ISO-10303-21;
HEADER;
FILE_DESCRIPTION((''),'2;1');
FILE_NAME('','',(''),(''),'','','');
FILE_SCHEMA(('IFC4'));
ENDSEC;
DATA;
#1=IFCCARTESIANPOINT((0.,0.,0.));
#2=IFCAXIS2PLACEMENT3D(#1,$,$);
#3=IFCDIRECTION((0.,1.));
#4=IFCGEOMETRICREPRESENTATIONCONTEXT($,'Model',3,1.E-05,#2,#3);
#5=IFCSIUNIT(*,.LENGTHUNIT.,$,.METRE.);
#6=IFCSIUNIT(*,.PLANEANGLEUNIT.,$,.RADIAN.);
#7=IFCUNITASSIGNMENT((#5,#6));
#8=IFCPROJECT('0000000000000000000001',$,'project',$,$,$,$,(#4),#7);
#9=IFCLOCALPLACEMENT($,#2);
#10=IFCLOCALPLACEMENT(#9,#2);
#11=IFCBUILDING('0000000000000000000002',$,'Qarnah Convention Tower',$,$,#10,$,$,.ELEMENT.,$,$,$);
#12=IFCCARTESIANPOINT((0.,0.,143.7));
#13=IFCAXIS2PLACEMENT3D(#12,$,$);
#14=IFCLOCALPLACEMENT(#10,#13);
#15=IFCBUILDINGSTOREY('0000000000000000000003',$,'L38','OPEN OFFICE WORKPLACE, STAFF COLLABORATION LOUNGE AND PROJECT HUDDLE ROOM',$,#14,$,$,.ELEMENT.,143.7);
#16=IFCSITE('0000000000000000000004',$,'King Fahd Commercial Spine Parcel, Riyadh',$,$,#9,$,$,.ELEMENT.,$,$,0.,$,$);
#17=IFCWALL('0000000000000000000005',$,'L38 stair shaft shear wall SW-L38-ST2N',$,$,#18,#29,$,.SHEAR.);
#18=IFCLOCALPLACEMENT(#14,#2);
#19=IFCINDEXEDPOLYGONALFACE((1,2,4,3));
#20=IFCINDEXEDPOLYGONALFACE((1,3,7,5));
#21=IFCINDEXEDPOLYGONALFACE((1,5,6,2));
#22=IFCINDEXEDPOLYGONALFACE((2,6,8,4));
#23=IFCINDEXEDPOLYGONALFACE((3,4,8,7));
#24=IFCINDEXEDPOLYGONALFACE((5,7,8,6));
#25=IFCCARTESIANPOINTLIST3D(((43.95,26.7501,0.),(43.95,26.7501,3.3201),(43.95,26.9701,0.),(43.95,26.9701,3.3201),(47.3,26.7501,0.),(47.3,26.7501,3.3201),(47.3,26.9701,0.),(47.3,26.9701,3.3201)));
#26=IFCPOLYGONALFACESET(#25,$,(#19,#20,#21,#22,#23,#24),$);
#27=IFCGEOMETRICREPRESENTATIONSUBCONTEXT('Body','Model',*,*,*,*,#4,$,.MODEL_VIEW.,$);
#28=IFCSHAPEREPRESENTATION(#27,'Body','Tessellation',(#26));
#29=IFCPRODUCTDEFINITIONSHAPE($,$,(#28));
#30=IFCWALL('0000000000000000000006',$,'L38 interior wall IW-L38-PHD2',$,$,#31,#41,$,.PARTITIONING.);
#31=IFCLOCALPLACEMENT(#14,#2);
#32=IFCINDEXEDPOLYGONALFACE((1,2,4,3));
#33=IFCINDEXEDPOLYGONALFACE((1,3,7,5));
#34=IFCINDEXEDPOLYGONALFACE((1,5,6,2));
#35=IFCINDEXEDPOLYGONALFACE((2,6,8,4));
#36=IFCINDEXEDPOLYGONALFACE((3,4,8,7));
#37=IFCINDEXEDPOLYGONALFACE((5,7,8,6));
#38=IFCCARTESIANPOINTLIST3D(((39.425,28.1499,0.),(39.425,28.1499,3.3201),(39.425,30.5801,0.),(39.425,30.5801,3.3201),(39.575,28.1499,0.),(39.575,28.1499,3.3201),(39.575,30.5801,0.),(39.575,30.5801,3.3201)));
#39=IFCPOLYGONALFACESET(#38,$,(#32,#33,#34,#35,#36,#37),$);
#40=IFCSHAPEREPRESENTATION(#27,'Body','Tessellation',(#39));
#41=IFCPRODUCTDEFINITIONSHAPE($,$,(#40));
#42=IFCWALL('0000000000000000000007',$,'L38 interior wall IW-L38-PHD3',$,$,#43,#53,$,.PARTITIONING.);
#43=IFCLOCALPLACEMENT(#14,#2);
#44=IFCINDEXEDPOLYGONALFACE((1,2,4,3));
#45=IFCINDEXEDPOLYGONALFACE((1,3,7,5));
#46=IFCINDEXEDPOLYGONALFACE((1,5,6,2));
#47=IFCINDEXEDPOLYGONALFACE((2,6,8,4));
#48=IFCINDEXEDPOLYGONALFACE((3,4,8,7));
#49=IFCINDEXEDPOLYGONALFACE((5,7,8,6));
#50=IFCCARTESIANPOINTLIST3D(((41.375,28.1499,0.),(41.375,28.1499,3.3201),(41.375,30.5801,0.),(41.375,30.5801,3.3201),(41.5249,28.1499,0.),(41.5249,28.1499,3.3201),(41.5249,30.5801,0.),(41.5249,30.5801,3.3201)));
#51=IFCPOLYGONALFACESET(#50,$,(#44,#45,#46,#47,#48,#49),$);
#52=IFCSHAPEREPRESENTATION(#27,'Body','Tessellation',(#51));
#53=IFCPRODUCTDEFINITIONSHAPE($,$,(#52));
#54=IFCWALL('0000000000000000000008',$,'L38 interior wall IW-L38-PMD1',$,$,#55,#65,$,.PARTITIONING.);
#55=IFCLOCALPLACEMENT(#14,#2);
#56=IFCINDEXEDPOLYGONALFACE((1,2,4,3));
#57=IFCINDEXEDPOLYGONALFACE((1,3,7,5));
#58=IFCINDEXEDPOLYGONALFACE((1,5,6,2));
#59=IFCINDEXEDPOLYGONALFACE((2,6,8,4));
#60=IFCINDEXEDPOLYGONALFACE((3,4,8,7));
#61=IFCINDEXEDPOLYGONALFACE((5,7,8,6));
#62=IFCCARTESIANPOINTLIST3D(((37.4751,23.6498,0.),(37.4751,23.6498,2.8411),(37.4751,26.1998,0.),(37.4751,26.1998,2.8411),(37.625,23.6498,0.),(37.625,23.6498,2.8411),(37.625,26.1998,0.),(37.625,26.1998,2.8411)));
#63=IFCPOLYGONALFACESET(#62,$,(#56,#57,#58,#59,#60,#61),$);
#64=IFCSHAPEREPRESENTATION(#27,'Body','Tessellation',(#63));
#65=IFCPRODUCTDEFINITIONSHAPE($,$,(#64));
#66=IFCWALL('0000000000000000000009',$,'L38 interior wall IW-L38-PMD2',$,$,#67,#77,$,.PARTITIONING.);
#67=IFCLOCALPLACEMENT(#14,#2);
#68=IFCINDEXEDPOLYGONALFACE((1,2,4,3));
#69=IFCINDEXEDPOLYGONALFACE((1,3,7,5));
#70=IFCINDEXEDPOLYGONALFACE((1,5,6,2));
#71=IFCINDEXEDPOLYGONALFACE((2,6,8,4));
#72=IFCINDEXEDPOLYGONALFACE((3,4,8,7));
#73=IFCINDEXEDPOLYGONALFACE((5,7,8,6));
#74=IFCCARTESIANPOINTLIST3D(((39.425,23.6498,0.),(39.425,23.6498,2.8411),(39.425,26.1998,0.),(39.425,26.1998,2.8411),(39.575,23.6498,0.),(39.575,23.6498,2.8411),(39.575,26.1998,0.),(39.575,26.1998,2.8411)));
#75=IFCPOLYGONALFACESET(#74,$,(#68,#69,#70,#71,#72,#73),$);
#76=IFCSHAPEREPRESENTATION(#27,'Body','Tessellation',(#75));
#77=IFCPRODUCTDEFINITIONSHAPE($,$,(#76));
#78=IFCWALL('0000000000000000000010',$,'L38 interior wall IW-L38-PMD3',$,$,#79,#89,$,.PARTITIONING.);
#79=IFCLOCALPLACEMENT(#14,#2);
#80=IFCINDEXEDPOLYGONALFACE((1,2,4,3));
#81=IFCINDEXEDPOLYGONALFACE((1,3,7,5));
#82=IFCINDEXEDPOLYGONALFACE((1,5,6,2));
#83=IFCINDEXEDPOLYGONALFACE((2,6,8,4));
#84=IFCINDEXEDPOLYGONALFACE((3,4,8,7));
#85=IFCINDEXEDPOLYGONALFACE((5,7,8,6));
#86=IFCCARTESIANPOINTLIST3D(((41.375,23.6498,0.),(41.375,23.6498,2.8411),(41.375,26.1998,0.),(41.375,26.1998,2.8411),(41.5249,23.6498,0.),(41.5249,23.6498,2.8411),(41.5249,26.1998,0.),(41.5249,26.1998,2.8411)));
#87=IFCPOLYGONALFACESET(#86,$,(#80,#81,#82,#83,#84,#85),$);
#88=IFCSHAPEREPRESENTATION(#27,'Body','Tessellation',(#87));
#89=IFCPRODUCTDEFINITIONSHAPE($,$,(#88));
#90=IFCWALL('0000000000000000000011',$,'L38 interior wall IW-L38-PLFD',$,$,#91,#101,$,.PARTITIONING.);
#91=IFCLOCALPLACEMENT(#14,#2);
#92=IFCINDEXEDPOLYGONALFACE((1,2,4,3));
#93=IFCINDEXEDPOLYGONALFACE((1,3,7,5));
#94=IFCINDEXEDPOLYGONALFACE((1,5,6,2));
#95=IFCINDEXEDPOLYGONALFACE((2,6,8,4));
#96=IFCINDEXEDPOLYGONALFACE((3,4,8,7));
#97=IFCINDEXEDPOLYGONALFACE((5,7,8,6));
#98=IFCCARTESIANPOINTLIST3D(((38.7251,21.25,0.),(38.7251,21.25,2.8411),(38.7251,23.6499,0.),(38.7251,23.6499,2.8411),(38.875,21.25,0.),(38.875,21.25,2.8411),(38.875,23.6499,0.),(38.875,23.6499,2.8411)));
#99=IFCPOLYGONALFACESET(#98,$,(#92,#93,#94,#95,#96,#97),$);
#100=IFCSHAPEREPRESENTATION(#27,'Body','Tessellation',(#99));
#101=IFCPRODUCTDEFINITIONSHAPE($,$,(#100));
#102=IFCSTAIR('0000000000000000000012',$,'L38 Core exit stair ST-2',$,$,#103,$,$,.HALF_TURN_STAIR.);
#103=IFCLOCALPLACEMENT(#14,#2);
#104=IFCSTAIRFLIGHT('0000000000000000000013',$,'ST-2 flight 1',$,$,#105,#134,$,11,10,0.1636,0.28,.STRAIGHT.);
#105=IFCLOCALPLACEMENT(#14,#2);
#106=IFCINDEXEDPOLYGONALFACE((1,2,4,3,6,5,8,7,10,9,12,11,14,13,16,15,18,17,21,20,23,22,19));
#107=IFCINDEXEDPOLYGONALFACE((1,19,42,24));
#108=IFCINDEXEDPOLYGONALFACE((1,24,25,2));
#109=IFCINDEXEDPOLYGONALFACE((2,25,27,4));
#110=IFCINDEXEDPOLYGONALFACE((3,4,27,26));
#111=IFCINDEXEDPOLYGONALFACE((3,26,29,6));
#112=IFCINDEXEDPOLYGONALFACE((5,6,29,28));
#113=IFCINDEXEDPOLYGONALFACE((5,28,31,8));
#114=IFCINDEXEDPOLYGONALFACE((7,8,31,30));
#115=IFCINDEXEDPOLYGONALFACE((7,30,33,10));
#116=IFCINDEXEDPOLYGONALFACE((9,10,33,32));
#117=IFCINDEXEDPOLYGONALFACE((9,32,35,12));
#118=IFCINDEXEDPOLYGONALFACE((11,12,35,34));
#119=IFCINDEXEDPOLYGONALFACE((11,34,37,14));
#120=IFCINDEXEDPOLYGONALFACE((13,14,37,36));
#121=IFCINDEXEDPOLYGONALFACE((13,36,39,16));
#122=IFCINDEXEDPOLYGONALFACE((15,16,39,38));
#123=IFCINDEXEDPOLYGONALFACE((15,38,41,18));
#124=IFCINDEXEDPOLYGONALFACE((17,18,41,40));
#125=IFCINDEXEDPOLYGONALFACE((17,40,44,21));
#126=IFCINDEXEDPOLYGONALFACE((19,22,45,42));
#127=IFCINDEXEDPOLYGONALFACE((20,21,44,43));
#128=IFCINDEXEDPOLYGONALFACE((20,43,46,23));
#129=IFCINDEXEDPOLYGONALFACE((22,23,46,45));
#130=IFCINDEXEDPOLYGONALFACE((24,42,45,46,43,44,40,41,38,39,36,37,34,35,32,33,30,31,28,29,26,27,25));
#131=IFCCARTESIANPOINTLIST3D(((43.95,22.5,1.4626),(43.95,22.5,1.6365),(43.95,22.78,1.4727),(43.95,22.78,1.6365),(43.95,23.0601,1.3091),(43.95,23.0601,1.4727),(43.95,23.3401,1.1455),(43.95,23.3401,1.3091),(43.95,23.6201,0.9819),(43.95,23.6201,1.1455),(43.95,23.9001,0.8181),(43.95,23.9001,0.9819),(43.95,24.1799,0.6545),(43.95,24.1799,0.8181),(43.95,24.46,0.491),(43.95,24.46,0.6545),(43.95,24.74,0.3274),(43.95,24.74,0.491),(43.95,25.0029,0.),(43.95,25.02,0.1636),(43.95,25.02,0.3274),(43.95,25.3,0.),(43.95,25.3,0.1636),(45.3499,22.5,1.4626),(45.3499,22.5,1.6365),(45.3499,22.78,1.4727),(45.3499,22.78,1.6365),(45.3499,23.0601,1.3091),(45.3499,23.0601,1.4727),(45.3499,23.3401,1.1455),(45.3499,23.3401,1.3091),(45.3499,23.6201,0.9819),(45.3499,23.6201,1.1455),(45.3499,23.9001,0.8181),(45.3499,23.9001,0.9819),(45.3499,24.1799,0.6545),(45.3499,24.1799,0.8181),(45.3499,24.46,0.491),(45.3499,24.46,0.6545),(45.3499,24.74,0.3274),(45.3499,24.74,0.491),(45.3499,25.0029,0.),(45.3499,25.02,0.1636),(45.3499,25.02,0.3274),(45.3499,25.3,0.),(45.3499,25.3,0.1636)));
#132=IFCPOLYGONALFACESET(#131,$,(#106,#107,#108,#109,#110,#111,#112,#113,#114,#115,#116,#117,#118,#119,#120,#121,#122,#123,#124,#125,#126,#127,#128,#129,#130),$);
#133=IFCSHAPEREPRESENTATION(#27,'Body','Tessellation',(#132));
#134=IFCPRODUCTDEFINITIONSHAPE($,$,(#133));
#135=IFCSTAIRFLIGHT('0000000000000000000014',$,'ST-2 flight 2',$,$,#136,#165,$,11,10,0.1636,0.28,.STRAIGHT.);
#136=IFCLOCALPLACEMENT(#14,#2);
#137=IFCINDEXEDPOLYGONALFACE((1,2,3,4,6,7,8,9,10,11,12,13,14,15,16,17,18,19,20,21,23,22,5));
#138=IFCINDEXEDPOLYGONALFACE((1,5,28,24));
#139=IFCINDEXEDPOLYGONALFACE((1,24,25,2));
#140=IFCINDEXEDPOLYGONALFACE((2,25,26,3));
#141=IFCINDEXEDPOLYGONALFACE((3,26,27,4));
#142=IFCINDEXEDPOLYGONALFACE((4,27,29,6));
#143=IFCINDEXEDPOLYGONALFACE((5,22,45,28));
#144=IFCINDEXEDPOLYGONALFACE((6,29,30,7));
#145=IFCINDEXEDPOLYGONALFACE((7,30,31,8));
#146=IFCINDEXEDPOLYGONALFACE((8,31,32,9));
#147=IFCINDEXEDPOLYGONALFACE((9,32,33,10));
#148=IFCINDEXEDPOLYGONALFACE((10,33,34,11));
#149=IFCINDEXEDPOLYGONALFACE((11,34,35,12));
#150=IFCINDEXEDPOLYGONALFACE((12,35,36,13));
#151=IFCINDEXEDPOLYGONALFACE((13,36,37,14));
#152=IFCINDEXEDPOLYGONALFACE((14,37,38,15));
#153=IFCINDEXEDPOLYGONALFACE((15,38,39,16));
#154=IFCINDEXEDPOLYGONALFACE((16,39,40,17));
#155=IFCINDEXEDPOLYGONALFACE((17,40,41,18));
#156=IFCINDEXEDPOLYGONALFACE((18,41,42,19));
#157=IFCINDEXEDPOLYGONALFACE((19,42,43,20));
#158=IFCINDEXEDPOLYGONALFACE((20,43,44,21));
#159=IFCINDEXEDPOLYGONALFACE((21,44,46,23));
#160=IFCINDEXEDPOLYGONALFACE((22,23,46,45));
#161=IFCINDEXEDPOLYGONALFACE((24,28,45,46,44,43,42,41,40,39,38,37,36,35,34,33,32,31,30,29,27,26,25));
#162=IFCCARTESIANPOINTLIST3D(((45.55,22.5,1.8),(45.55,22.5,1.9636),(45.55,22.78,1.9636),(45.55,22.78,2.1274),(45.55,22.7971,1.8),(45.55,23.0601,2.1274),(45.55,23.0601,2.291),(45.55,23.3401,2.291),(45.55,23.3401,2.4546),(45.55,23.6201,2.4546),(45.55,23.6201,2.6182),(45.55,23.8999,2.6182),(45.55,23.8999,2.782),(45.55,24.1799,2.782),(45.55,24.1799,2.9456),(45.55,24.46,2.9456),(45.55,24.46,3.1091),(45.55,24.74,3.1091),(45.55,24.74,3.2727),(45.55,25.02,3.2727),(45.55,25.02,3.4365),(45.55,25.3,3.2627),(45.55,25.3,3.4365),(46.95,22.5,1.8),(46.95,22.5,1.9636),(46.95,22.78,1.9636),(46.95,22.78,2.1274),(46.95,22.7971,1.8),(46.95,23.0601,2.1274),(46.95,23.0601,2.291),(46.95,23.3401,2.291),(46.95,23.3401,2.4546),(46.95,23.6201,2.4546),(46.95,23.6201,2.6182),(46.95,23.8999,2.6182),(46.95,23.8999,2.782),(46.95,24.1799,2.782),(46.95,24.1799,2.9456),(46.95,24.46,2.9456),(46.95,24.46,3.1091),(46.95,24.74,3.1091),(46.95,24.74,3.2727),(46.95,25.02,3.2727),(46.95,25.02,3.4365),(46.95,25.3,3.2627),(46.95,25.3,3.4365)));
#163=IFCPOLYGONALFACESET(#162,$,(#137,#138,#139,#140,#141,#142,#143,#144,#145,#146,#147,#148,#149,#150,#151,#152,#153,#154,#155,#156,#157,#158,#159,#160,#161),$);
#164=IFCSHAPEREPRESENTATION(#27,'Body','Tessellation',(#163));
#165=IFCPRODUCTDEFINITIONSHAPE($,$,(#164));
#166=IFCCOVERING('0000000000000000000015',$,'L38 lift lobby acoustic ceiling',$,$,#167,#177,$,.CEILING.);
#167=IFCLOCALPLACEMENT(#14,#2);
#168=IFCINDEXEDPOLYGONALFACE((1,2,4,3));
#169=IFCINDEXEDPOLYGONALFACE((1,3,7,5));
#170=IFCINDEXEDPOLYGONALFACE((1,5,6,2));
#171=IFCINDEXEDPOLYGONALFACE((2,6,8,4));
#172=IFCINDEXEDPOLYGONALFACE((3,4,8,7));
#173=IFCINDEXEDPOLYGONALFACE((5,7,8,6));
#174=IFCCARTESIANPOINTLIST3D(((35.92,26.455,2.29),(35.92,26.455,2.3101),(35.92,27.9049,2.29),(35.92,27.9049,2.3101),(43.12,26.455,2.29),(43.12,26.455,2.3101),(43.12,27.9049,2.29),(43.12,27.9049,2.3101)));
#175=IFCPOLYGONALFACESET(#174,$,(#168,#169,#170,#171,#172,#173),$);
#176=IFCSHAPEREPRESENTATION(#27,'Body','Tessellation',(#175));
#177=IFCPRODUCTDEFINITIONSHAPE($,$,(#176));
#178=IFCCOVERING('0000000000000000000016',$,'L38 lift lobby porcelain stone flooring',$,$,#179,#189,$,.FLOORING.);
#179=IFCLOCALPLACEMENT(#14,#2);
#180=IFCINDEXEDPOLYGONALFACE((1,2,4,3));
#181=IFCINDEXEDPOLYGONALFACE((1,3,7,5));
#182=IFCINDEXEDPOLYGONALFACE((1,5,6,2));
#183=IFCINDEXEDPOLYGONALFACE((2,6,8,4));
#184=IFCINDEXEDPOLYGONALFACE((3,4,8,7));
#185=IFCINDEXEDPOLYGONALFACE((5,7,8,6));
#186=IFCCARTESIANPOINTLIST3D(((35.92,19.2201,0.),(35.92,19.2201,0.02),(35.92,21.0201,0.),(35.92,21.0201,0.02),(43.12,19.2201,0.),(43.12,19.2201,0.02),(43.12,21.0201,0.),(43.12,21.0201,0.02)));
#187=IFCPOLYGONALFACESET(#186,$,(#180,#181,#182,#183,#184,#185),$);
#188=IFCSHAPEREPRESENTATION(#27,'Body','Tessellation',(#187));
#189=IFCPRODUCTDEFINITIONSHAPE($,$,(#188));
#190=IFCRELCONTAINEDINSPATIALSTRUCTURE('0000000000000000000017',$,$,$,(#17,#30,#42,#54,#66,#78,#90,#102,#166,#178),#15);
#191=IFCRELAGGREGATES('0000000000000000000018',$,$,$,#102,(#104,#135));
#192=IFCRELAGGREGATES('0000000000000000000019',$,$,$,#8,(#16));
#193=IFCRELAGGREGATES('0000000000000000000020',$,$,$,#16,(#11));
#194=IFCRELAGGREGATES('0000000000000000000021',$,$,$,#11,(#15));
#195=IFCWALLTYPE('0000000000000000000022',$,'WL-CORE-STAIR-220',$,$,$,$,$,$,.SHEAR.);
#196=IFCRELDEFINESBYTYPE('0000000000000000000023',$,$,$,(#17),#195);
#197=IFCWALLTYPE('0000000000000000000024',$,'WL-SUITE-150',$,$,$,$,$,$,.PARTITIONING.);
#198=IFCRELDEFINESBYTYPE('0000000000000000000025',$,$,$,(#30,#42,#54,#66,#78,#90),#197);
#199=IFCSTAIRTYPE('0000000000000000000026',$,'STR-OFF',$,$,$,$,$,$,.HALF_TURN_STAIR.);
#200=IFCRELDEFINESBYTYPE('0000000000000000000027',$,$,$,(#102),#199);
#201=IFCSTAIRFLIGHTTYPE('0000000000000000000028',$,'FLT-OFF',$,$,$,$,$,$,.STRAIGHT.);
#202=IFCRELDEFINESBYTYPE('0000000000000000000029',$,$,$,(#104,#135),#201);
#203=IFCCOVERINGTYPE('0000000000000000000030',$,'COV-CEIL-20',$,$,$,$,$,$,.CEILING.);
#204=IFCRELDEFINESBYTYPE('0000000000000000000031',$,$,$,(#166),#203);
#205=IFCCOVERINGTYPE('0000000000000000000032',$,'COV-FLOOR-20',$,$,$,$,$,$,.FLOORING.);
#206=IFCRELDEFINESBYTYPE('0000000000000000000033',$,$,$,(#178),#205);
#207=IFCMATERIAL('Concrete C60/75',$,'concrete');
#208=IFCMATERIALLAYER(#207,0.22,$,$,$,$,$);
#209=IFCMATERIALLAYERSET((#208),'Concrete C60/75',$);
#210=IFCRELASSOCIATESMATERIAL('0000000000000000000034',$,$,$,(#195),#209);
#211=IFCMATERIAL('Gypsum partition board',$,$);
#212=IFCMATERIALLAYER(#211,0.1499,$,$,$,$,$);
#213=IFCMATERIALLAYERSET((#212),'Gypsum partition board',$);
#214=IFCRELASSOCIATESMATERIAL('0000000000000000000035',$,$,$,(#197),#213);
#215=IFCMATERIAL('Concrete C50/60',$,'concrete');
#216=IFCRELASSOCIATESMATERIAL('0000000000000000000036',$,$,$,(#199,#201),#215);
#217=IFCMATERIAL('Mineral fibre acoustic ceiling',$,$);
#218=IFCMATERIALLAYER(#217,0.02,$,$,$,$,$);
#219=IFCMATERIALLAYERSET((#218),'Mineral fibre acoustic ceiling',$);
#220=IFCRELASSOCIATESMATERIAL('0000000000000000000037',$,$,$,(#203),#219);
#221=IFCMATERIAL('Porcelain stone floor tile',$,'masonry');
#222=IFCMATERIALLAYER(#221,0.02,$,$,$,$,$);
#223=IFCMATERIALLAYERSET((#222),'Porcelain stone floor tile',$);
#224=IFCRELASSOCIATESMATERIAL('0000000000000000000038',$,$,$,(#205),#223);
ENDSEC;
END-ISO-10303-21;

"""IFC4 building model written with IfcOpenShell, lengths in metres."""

from ifc_helpers import new_model, si_unit, direction, frame, frame_2d, origin, origin_2d, place, context, subcontext, project, spatial, polyline, rectangle, outline, extrude, material, layer, layer_set, type_object, element, aggregate, save


model = new_model("IFC4")

# Units and contexts
model_context = context("Model", 3, precision=1e-05, world=origin(), true_north=direction((0.0, 1.0)))
body_context = subcontext(model_context, "Body", "Model", "MODEL_VIEW")
ifc_project = project(units=[si_unit("LENGTHUNIT", "METRE"), si_unit("PLANEANGLEUNIT", "RADIAN")], contexts=[model_context])

# Site, building, storey
site_placement = place(None, origin())
site = spatial("IfcSite", under=ifc_project, at=site_placement, Name="King Fahd Commercial Spine Parcel, Riyadh", CompositionType="ELEMENT", RefElevation=0.0)
building_placement = place(site_placement, origin())
building = spatial("IfcBuilding", under=site, at=building_placement, Name="Qarnah Convention Tower", CompositionType="ELEMENT")
storey_placement = place(building_placement, frame((0.0, 0.0, 143.7)))
storey = spatial("IfcBuildingStorey", under=building, at=storey_placement, Name="L38", Description="OPEN OFFICE WORKPLACE, STAFF COLLABORATION LOUNGE AND PROJECT HUDDLE ROOM", CompositionType="ELEMENT", Elevation=143.7)

# Shared definitions
ifc_material_1 = material(Name="Concrete C60/75", Category="concrete")

# Walls
ifc_layer_1 = layer(ifc_material_1, 0.22)
ifc_layer_set_1 = layer_set([ifc_layer_1], Name="Concrete C60/75")
wall_type_1 = type_object("IfcWallType", Name="WL-CORE-STAIR-220", PredefinedType="SHEAR", material=ifc_layer_set_1)
wall_1_placement = place(storey_placement, frame((43.95, 26.8601, 0.0), z_axis=(0.0, 0.0, 1.0), x_axis=(1.0, 0.0, 0.0)))
element("IfcWall", 1, at=wall_1_placement, inside=storey, type_object=wall_type_1, Name="L38 stair shaft shear wall SW-L38-ST2N", PredefinedType="SHEAR", context=body_context, shape_type="SweptSolid", body=[
    extrude(rectangle(XDim=3.3501, YDim=0.22, at=frame_2d((1.675, 0.0))), origin(), (0.0, 0.0, 1.0), 3.3201),
])
ifc_material_2 = material(Name="Gypsum partition board")
ifc_layer_2 = layer(ifc_material_2, 0.1499)
ifc_layer_set_2 = layer_set([ifc_layer_2], Name="Gypsum partition board")
wall_type_2 = type_object("IfcWallType", Name="WL-SUITE-150", PredefinedType="PARTITIONING", material=ifc_layer_set_2)
for number, where, z_axis, x_axis, name in (
    (2, (39.5, 28.1499, 0.0), (0.0, 0.0, 1.0), (0.0, 1.0, 0.0), "L38 interior wall IW-L38-PHD2"),
    (3, (41.45, 28.1499, 0.0), (0.0, 0.0, 1.0), (0.0, 1.0, 0.0), "L38 interior wall IW-L38-PHD3"),
):
    element("IfcWall", number, at=place(storey_placement, frame(where, z_axis=z_axis, x_axis=x_axis)), inside=storey, type_object=wall_type_2, Name=name, PredefinedType="PARTITIONING", context=body_context, shape_type="SweptSolid", body=[
        extrude(rectangle(XDim=2.4302, YDim=0.1499, at=frame_2d((1.2151, 0.0))), origin(), (0.0, 0.0, 1.0), 3.3201),
    ])
for number, where, z_axis, x_axis, name in (
    (4, (37.55, 23.6499, 0.0), (0.0, 0.0, 1.0), (0.0, 1.0, 0.0), "L38 interior wall IW-L38-PMD1"),
    (5, (39.5, 23.6499, 0.0), (0.0, 0.0, 1.0), (0.0, 1.0, 0.0), "L38 interior wall IW-L38-PMD2"),
    (6, (41.45, 23.6499, 0.0), (0.0, 0.0, 1.0), (0.0, 1.0, 0.0), "L38 interior wall IW-L38-PMD3"),
):
    element("IfcWall", number, at=place(storey_placement, frame(where, z_axis=z_axis, x_axis=x_axis)), inside=storey, type_object=wall_type_2, Name=name, PredefinedType="PARTITIONING", context=body_context, shape_type="SweptSolid", body=[
        extrude(rectangle(XDim=2.55, YDim=0.1499, at=frame_2d((1.2749, 0.0))), origin(), (0.0, 0.0, 1.0), 2.8411),
    ])
wall_2_placement = place(storey_placement, frame((38.8, 21.25, 0.0), z_axis=(0.0, 0.0, 1.0), x_axis=(0.0, 1.0, 0.0)))
element("IfcWall", 7, at=wall_2_placement, inside=storey, type_object=wall_type_2, Name="L38 interior wall IW-L38-PLFD", PredefinedType="PARTITIONING", context=body_context, shape_type="SweptSolid", body=[
    extrude(rectangle(XDim=2.3999, YDim=0.1499, at=frame_2d((1.2, 0.0))), origin(), (0.0, 0.0, 1.0), 2.8411),
])

# Stair, stair flights
ifc_material_3 = material(Name="Concrete C50/60", Category="concrete")
stair_type = type_object("IfcStairType", Name="STR-OFF", PredefinedType="HALF_TURN_STAIR", material=ifc_material_3)
stair_placement = place(storey_placement, origin())
stair = element("IfcStair", 8, at=stair_placement, inside=storey, type_object=stair_type, Name="L38 Core exit stair ST-2", PredefinedType="HALF_TURN_STAIR")
stair_flight_type = type_object("IfcStairFlightType", Name="FLT-OFF", PredefinedType="STRAIGHT", material=ifc_material_3)
stair_flight_1_placement = place(storey_placement, frame((44.6499, 25.3, 0.0), z_axis=(0.0, 0.0, 1.0), x_axis=(0.0, -1.0, 0.0)))
stair_flight_1 = element("IfcStairFlight", 9, at=stair_flight_1_placement, type_object=stair_flight_type, Name="ST-2 flight 1", NumberOfRisers=11, NumberOfTreads=10, PredefinedType="STRAIGHT", RiserHeight=0.1636, TreadLength=0.28, context=body_context, shape_type="SweptSolid", body=[
    extrude(outline(polyline([(0.0, 0.0), (0.0, 0.1636), (0.28, 0.1636), (0.28, 0.3274), (0.5601, 0.3274), (0.5601, 0.491), (0.8401, 0.491), (0.8401, 0.6545), (1.1201, 0.6545), (1.1201, 0.8181), (1.3999, 0.8181), (1.3999, 0.9819), (1.6799, 0.9819), (1.6799, 1.1455), (1.96, 1.1455), (1.96, 1.3091), (2.24, 1.3091), (2.24, 1.4727), (2.52, 1.4727), (2.52, 1.6365), (2.8, 1.6365), (2.8, 1.8), (2.8, 1.4626), (0.2971, 0.0), (0.0, 0.0)])), frame((0.0, 0.7, 0.0), z_axis=(0.0, -1.0, 0.0), x_axis=(1.0, 0.0, 0.0)), (0.0, 0.0, 1.0), 1.3999),
])
stair_flight_2_placement = place(storey_placement, frame((46.25, 22.5, 1.8), z_axis=(0.0, 0.0, 1.0), x_axis=(0.0, 1.0, 0.0)))
stair_flight_2 = element("IfcStairFlight", 10, at=stair_flight_2_placement, type_object=stair_flight_type, Name="ST-2 flight 2", NumberOfRisers=11, NumberOfTreads=10, PredefinedType="STRAIGHT", RiserHeight=0.1636, TreadLength=0.28, context=body_context, shape_type="SweptSolid", body=[
    extrude(outline(polyline([(0.0, 0.0), (0.0, 0.1636), (0.28, 0.1636), (0.28, 0.3274), (0.5601, 0.3274), (0.5601, 0.491), (0.8401, 0.491), (0.8401, 0.6545), (1.1201, 0.6545), (1.1201, 0.8181), (1.3999, 0.8181), (1.3999, 0.9819), (1.6799, 0.9819), (1.6799, 1.1455), (1.96, 1.1455), (1.96, 1.3091), (2.24, 1.3091), (2.24, 1.4727), (2.52, 1.4727), (2.52, 1.6365), (2.8, 1.6365), (2.8, 1.8), (2.8, 1.4626), (0.2971, 0.0), (0.0, 0.0)])), frame((0.0, 0.7, 0.0), z_axis=(0.0, -1.0, 0.0), x_axis=(1.0, 0.0, 0.0)), (0.0, 0.0, 1.0), 1.3999),
])
aggregate(stair, [stair_flight_1, stair_flight_2])

# Coverings
ifc_material_4 = material(Name="Mineral fibre acoustic ceiling")
ifc_layer_3 = layer(ifc_material_4, 0.02)
ifc_layer_set_3 = layer_set([ifc_layer_3], Name="Mineral fibre acoustic ceiling")
covering_type_1 = type_object("IfcCoveringType", Name="COV-CEIL-20", PredefinedType="CEILING", material=ifc_layer_set_3)
covering_1_placement = place(storey_placement, frame((39.52, 27.1799, 2.29), z_axis=(0.0, 0.0, 1.0), x_axis=(1.0, 0.0, 0.0)))
element("IfcCovering", 11, at=covering_1_placement, inside=storey, type_object=covering_type_1, Name="L38 lift lobby acoustic ceiling", PredefinedType="CEILING", context=body_context, shape_type="SweptSolid", body=[
    extrude(rectangle(XDim=7.2, YDim=1.45, at=origin_2d()), origin(), (0.0, 0.0, 1.0), 0.02),
])
ifc_material_5 = material(Name="Porcelain stone floor tile", Category="masonry")
ifc_layer_4 = layer(ifc_material_5, 0.02)
ifc_layer_set_4 = layer_set([ifc_layer_4], Name="Porcelain stone floor tile")
covering_type_2 = type_object("IfcCoveringType", Name="COV-FLOOR-20", PredefinedType="FLOORING", material=ifc_layer_set_4)
covering_2_placement = place(storey_placement, frame((39.52, 20.1201, 0.0), z_axis=(0.0, 0.0, 1.0), x_axis=(1.0, 0.0, 0.0)))
element("IfcCovering", 12, at=covering_2_placement, inside=storey, type_object=covering_type_2, Name="L38 lift lobby porcelain stone flooring", PredefinedType="FLOORING", context=body_context, shape_type="SweptSolid", body=[
    extrude(rectangle(XDim=7.2, YDim=1.8, at=origin_2d()), origin(), (0.0, 0.0, 1.0), 0.02),
])

save(model, "model.ifc")
